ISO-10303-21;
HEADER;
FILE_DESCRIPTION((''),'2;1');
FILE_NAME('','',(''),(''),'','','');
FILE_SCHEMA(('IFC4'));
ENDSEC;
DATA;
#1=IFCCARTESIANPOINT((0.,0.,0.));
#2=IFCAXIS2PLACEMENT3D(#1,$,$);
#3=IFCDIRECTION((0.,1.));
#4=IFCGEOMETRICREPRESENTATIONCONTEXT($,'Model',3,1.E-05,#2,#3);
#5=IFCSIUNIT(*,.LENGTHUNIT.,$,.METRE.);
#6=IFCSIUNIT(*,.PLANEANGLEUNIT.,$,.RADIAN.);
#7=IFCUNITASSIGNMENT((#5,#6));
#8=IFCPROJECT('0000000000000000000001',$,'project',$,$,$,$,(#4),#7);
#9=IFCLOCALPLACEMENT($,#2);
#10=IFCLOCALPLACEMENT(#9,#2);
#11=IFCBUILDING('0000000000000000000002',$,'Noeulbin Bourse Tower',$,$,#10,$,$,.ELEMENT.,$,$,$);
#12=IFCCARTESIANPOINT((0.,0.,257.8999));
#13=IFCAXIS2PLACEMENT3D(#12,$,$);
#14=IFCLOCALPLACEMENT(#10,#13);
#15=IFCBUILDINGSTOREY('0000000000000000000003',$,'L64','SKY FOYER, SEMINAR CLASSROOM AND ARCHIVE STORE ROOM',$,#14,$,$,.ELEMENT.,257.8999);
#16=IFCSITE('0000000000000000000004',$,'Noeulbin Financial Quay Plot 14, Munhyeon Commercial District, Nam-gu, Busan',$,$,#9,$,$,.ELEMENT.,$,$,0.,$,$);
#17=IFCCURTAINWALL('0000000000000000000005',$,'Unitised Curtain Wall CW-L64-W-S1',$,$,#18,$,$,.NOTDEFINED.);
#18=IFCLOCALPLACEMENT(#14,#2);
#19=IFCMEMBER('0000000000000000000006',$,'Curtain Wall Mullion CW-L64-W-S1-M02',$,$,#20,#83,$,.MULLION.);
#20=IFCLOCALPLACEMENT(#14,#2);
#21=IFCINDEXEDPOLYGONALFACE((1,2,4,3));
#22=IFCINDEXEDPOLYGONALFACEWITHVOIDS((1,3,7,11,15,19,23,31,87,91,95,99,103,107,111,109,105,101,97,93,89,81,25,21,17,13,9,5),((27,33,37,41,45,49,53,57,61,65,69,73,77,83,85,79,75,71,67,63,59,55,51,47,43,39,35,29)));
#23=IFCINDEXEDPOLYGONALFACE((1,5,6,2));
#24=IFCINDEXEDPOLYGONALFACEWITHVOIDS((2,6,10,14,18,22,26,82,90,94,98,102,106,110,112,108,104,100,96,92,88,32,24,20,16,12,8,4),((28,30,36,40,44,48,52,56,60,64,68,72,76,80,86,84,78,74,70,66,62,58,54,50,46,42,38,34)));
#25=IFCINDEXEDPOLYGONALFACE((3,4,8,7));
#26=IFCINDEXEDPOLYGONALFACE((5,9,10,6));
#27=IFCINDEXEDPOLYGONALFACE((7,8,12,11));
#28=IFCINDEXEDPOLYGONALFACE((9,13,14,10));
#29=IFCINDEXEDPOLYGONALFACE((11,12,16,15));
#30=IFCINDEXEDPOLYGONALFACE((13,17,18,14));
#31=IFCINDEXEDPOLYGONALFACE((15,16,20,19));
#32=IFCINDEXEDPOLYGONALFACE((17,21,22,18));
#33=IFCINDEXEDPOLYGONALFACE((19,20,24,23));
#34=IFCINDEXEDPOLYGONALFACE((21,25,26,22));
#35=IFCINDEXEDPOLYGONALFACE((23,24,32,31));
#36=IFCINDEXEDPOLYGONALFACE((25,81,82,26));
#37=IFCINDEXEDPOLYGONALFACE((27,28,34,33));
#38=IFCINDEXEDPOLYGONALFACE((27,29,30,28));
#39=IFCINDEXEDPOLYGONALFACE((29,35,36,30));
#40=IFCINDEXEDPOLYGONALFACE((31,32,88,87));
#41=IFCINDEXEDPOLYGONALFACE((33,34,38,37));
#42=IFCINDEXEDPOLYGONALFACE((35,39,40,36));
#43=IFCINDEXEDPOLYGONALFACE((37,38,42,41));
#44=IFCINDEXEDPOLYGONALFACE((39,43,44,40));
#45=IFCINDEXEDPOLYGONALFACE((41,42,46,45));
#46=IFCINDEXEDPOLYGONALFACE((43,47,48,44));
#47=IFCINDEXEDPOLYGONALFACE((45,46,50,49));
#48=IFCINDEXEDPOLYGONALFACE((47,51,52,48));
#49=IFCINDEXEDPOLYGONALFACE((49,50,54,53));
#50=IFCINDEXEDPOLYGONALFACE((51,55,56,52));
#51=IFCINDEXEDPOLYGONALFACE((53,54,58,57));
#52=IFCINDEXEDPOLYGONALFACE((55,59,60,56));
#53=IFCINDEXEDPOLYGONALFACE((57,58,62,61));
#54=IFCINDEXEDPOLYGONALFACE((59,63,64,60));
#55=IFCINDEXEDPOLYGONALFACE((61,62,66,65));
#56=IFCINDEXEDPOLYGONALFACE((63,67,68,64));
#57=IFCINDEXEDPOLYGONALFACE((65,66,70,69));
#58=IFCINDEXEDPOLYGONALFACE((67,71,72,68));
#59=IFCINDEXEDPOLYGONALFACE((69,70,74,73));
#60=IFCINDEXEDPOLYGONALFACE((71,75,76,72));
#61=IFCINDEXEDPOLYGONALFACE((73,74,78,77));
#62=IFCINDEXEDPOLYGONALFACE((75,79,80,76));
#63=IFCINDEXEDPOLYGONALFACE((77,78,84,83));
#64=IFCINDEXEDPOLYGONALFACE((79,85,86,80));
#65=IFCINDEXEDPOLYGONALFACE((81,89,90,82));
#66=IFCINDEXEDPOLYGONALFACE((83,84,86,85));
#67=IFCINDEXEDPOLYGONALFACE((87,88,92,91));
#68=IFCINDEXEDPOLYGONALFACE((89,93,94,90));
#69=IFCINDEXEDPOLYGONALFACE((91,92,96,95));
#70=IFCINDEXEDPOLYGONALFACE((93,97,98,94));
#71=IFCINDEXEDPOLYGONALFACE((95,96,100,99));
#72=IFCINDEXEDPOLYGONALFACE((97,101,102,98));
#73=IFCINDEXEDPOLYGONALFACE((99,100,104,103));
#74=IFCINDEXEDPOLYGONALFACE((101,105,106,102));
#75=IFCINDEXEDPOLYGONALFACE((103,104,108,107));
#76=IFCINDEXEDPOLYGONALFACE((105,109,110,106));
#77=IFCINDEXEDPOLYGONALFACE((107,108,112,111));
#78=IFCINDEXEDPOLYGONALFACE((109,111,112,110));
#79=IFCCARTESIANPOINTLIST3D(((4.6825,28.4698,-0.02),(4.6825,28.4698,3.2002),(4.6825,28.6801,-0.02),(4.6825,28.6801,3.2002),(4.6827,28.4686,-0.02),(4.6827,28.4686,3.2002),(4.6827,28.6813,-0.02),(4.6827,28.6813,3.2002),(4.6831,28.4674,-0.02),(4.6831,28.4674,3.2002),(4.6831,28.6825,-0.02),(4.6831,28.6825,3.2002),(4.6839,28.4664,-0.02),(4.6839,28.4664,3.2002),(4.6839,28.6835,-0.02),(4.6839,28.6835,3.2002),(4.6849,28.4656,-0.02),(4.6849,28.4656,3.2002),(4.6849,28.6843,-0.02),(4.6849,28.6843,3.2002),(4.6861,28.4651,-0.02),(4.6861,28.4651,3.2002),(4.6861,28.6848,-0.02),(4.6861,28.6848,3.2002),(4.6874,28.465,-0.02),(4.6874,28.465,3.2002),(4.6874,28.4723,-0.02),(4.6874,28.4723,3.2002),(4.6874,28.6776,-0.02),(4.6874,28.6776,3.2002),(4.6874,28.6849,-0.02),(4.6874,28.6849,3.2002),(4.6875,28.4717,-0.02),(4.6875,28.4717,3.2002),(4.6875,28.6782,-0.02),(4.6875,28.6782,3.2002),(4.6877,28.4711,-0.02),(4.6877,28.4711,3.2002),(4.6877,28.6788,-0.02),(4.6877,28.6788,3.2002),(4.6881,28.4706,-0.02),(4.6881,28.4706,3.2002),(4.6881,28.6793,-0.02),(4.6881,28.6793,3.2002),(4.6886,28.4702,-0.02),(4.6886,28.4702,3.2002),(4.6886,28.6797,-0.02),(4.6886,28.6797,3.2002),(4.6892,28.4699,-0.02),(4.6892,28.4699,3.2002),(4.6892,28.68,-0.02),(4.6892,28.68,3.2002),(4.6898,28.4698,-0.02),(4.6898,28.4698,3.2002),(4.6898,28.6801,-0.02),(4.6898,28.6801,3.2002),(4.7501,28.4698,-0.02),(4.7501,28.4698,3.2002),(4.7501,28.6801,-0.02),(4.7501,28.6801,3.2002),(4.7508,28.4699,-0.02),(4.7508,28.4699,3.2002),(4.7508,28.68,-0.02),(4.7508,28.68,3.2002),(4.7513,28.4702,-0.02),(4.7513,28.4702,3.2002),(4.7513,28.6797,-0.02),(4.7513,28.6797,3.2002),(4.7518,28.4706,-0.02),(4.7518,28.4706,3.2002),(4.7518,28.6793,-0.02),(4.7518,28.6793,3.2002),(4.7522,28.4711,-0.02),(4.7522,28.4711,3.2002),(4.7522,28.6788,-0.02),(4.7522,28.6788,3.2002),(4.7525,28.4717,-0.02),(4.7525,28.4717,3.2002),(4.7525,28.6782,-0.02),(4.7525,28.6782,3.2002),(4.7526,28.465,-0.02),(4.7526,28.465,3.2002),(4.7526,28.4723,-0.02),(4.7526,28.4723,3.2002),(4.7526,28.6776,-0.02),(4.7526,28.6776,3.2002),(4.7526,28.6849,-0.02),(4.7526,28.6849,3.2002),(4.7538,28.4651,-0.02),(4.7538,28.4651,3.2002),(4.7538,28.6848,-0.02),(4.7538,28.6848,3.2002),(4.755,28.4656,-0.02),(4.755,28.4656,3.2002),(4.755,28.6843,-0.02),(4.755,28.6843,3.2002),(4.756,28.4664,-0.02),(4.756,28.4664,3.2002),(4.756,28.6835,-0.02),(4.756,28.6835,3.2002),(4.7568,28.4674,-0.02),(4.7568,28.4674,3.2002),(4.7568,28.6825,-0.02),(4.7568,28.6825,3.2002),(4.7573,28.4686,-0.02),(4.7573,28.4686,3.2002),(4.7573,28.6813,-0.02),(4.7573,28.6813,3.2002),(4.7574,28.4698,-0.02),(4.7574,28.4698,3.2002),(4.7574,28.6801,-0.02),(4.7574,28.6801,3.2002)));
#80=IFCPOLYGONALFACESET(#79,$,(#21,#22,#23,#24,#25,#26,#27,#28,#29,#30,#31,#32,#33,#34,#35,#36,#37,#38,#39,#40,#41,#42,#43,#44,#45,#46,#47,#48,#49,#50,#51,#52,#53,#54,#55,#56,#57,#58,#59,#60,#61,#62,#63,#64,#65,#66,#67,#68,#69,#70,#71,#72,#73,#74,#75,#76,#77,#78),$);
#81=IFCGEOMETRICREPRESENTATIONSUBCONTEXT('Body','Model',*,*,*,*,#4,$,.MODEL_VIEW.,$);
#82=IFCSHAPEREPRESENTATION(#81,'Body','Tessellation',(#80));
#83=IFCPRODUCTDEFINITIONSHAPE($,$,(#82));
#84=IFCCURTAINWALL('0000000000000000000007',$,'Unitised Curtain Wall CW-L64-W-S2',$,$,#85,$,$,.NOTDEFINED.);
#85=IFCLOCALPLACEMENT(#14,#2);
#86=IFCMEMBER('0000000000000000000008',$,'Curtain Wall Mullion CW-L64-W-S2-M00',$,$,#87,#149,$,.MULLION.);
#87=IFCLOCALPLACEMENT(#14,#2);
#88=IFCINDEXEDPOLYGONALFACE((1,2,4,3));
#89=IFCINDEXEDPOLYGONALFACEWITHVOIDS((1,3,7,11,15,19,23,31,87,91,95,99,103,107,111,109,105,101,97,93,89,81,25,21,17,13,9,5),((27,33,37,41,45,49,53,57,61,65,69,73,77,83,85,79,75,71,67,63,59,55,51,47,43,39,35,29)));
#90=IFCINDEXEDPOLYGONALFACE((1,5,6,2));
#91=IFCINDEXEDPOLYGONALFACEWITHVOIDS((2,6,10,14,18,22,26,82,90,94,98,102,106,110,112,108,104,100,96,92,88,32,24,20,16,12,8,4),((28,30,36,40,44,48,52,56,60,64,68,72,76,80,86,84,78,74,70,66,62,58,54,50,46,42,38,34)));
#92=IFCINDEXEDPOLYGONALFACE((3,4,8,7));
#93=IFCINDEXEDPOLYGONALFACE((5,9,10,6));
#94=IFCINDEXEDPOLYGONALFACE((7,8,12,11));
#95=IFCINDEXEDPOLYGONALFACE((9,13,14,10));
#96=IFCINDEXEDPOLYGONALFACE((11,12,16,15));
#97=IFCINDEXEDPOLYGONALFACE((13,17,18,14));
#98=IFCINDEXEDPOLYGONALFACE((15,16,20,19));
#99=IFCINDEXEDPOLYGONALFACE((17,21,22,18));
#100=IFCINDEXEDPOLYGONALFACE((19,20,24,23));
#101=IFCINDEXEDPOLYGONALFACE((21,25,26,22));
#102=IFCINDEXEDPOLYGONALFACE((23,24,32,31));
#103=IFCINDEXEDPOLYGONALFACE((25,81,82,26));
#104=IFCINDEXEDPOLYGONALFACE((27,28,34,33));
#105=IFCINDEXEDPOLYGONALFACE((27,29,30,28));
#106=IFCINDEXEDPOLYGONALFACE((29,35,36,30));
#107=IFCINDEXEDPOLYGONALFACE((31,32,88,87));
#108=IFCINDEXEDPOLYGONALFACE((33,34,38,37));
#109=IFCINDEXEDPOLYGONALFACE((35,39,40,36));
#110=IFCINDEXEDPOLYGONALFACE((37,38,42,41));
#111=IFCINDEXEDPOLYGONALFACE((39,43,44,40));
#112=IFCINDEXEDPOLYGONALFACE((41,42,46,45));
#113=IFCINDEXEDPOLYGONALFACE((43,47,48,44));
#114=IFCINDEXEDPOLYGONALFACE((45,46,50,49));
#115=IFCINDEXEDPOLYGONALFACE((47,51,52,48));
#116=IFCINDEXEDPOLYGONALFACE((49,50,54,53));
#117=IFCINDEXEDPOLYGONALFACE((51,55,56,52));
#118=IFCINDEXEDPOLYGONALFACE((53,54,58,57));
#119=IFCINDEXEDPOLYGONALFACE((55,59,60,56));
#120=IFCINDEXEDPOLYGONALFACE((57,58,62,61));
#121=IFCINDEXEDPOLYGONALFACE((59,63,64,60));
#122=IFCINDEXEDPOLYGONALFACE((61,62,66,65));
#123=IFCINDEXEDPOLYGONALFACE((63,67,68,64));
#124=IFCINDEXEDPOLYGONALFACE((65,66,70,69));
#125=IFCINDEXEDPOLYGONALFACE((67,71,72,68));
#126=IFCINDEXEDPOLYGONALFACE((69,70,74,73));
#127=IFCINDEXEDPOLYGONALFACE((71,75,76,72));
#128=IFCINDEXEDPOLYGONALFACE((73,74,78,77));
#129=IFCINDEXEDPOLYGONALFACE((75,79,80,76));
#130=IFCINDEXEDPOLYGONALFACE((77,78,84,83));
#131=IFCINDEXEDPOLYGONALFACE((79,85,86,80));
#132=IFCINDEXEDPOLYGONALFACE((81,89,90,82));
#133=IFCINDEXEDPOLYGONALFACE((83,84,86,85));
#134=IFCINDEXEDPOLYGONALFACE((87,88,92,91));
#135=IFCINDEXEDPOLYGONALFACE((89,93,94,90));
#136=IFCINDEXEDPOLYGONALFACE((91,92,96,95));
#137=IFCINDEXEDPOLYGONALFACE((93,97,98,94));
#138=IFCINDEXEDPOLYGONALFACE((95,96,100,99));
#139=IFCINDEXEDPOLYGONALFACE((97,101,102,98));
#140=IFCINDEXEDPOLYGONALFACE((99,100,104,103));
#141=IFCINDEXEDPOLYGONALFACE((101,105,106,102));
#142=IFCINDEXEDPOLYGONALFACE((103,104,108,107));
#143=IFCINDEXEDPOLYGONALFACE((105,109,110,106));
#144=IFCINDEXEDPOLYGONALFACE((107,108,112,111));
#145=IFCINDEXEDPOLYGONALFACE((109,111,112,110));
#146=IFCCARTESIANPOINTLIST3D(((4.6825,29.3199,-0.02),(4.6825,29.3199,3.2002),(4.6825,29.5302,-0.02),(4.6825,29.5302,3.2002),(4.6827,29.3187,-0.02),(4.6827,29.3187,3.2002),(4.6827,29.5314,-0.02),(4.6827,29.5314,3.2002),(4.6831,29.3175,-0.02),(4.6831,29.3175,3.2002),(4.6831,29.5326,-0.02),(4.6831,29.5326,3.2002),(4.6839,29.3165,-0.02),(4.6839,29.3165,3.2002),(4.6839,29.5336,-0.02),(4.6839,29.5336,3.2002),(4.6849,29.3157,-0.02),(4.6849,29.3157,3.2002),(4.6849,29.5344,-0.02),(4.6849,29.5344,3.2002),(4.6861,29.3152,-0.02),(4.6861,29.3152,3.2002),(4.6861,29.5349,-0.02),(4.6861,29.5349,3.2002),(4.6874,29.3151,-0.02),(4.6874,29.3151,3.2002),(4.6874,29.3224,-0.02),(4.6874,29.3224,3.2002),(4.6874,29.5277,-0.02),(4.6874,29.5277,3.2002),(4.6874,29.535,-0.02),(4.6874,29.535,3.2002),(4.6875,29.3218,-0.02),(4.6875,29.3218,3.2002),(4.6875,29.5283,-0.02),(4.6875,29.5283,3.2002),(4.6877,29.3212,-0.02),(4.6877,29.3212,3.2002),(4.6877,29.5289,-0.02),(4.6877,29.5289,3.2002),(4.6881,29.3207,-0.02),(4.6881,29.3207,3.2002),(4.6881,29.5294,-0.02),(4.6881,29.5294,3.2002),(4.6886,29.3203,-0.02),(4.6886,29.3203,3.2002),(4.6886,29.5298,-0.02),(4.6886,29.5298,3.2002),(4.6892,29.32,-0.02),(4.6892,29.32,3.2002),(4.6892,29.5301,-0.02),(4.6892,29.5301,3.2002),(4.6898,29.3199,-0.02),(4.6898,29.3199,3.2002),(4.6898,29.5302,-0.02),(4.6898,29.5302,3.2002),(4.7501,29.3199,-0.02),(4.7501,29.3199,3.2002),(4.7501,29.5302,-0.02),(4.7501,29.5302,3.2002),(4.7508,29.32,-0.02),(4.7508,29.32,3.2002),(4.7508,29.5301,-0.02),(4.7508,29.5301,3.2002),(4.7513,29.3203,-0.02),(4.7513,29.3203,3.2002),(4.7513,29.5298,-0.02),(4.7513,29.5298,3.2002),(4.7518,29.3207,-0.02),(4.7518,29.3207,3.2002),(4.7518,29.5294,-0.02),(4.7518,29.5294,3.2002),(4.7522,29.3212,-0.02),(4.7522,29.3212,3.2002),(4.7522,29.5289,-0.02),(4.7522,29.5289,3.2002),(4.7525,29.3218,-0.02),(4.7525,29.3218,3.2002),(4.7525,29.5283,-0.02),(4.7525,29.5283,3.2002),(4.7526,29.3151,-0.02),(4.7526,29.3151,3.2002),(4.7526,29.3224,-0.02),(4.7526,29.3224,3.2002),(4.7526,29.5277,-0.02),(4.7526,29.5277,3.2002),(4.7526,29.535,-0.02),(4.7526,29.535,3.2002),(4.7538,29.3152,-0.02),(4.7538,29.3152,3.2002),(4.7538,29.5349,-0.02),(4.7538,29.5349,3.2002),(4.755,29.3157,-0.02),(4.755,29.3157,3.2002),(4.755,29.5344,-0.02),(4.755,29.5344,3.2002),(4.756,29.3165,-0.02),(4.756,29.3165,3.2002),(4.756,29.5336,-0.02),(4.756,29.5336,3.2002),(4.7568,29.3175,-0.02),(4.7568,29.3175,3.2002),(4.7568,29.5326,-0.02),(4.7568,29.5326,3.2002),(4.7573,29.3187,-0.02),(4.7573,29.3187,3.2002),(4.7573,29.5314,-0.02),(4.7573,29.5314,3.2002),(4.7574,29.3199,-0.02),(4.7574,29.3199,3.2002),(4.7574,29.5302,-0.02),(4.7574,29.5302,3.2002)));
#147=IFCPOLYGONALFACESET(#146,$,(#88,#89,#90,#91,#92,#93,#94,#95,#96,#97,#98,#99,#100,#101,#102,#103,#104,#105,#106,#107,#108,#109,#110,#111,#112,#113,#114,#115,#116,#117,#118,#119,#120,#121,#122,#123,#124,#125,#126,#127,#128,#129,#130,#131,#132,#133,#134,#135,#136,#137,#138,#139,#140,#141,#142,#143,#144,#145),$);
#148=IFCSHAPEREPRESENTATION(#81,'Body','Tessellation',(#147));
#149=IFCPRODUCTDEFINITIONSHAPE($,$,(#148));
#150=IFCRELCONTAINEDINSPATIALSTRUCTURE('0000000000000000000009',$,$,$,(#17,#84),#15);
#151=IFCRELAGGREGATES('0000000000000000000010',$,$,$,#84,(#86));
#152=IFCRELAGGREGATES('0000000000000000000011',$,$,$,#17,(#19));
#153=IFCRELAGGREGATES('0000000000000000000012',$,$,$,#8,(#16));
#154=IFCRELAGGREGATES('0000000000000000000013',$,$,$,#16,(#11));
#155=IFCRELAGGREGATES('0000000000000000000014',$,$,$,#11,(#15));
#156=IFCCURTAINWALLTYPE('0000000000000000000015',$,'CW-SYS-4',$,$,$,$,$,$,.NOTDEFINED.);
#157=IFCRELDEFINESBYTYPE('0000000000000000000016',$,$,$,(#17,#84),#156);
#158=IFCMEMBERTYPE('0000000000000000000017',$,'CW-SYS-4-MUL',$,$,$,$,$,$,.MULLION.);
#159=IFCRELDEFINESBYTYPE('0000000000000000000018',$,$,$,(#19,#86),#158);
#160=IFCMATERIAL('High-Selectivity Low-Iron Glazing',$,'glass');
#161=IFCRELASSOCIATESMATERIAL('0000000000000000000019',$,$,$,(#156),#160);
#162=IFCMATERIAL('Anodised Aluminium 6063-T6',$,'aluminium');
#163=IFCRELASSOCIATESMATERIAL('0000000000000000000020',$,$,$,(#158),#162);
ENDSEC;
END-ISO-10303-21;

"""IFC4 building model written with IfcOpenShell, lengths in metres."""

from ifc_helpers import new_model, si_unit, direction, frame, origin, origin_2d, place, context, subcontext, project, spatial, hollow_rectangle, extrude, material, material_profile, profile_set, type_object, element, aggregate, save


model = new_model("IFC4")

# Units and contexts
model_context = context("Model", 3, precision=1e-05, world=origin(), true_north=direction((0.0, 1.0)))
body_context = subcontext(model_context, "Body", "Model", "MODEL_VIEW")
ifc_project = project(units=[si_unit("LENGTHUNIT", "METRE"), si_unit("PLANEANGLEUNIT", "RADIAN")], contexts=[model_context])

# Site, building, storey
site_placement = place(None, origin())
site = spatial("IfcSite", under=ifc_project, at=site_placement, Name="Noeulbin Financial Quay Plot 14, Munhyeon Commercial District, Nam-gu, Busan", CompositionType="ELEMENT", RefElevation=0.0)
building_placement = place(site_placement, origin())
building = spatial("IfcBuilding", under=site, at=building_placement, Name="Noeulbin Bourse Tower", CompositionType="ELEMENT")
storey_placement = place(building_placement, frame((0.0, 0.0, 257.8999)))
storey = spatial("IfcBuildingStorey", under=building, at=storey_placement, Name="L64", Description="SKY FOYER, SEMINAR CLASSROOM AND ARCHIVE STORE ROOM", CompositionType="ELEMENT", Elevation=257.8999)

# Curtain wall, member
ifc_material_1 = material(Name="High-Selectivity Low-Iron Glazing", Category="glass")
curtain_wall_type = type_object("IfcCurtainWallType", Name="CW-SYS-4", PredefinedType="NOTDEFINED", material=ifc_material_1)
curtain_wall_1_placement = place(storey_placement, origin())
curtain_wall_1 = element("IfcCurtainWall", 1, at=curtain_wall_1_placement, inside=storey, type_object=curtain_wall_type, Name="Unitised Curtain Wall CW-L64-W-S1", PredefinedType="NOTDEFINED")
ifc_material_2 = material(Name="Anodised Aluminium 6063-T6", Category="aluminium")
ifc_material_profile_1 = material_profile(ifc_material_2, hollow_rectangle(XDim=0.075, YDim=0.22, WallThickness=0.0049, InnerFilletRadius=0.0024, OuterFilletRadius=0.0049, at=origin_2d()), Name="ALU-MULL-75x220x5", Category="LoadBearing")
ifc_profile_set_1 = profile_set([ifc_material_profile_1], Name="Anodised Aluminium 6063-T6")
member_type_1 = type_object("IfcMemberType", Name="CW-SYS-4-MUL", PredefinedType="MULLION", material=ifc_profile_set_1)
member_1_placement = place(storey_placement, frame((4.72, 28.575, -0.02), z_axis=(0.0, 0.0, 1.0), x_axis=(1.0, 0.0, 0.0)))
member_1 = element("IfcMember", 2, at=member_1_placement, type_object=member_type_1, Name="Curtain Wall Mullion CW-L64-W-S1-M02", PredefinedType="MULLION", context=body_context, shape_type="SweptSolid", body=[
    extrude(hollow_rectangle(XDim=0.075, YDim=0.22, WallThickness=0.0049, InnerFilletRadius=0.0024, OuterFilletRadius=0.0049, at=origin_2d()), origin(), (0.0, 0.0, 1.0), 3.2202),
])

# Curtain wall, member
curtain_wall_2_placement = place(storey_placement, origin())
curtain_wall_2 = element("IfcCurtainWall", 3, at=curtain_wall_2_placement, inside=storey, type_object=curtain_wall_type, Name="Unitised Curtain Wall CW-L64-W-S2", PredefinedType="NOTDEFINED")
member_2_placement = place(storey_placement, frame((4.72, 29.425, -0.02), z_axis=(0.0, 0.0, 1.0), x_axis=(1.0, 0.0, 0.0)))
member_2 = element("IfcMember", 4, at=member_2_placement, type_object=member_type_1, Name="Curtain Wall Mullion CW-L64-W-S2-M00", PredefinedType="MULLION", context=body_context, shape_type="SweptSolid", body=[
    extrude(hollow_rectangle(XDim=0.075, YDim=0.22, WallThickness=0.0049, InnerFilletRadius=0.0024, OuterFilletRadius=0.0049, at=origin_2d()), origin(), (0.0, 0.0, 1.0), 3.2202),
])

aggregate(curtain_wall_2, [member_2])

aggregate(curtain_wall_1, [member_1])

save(model, "model.ifc")
